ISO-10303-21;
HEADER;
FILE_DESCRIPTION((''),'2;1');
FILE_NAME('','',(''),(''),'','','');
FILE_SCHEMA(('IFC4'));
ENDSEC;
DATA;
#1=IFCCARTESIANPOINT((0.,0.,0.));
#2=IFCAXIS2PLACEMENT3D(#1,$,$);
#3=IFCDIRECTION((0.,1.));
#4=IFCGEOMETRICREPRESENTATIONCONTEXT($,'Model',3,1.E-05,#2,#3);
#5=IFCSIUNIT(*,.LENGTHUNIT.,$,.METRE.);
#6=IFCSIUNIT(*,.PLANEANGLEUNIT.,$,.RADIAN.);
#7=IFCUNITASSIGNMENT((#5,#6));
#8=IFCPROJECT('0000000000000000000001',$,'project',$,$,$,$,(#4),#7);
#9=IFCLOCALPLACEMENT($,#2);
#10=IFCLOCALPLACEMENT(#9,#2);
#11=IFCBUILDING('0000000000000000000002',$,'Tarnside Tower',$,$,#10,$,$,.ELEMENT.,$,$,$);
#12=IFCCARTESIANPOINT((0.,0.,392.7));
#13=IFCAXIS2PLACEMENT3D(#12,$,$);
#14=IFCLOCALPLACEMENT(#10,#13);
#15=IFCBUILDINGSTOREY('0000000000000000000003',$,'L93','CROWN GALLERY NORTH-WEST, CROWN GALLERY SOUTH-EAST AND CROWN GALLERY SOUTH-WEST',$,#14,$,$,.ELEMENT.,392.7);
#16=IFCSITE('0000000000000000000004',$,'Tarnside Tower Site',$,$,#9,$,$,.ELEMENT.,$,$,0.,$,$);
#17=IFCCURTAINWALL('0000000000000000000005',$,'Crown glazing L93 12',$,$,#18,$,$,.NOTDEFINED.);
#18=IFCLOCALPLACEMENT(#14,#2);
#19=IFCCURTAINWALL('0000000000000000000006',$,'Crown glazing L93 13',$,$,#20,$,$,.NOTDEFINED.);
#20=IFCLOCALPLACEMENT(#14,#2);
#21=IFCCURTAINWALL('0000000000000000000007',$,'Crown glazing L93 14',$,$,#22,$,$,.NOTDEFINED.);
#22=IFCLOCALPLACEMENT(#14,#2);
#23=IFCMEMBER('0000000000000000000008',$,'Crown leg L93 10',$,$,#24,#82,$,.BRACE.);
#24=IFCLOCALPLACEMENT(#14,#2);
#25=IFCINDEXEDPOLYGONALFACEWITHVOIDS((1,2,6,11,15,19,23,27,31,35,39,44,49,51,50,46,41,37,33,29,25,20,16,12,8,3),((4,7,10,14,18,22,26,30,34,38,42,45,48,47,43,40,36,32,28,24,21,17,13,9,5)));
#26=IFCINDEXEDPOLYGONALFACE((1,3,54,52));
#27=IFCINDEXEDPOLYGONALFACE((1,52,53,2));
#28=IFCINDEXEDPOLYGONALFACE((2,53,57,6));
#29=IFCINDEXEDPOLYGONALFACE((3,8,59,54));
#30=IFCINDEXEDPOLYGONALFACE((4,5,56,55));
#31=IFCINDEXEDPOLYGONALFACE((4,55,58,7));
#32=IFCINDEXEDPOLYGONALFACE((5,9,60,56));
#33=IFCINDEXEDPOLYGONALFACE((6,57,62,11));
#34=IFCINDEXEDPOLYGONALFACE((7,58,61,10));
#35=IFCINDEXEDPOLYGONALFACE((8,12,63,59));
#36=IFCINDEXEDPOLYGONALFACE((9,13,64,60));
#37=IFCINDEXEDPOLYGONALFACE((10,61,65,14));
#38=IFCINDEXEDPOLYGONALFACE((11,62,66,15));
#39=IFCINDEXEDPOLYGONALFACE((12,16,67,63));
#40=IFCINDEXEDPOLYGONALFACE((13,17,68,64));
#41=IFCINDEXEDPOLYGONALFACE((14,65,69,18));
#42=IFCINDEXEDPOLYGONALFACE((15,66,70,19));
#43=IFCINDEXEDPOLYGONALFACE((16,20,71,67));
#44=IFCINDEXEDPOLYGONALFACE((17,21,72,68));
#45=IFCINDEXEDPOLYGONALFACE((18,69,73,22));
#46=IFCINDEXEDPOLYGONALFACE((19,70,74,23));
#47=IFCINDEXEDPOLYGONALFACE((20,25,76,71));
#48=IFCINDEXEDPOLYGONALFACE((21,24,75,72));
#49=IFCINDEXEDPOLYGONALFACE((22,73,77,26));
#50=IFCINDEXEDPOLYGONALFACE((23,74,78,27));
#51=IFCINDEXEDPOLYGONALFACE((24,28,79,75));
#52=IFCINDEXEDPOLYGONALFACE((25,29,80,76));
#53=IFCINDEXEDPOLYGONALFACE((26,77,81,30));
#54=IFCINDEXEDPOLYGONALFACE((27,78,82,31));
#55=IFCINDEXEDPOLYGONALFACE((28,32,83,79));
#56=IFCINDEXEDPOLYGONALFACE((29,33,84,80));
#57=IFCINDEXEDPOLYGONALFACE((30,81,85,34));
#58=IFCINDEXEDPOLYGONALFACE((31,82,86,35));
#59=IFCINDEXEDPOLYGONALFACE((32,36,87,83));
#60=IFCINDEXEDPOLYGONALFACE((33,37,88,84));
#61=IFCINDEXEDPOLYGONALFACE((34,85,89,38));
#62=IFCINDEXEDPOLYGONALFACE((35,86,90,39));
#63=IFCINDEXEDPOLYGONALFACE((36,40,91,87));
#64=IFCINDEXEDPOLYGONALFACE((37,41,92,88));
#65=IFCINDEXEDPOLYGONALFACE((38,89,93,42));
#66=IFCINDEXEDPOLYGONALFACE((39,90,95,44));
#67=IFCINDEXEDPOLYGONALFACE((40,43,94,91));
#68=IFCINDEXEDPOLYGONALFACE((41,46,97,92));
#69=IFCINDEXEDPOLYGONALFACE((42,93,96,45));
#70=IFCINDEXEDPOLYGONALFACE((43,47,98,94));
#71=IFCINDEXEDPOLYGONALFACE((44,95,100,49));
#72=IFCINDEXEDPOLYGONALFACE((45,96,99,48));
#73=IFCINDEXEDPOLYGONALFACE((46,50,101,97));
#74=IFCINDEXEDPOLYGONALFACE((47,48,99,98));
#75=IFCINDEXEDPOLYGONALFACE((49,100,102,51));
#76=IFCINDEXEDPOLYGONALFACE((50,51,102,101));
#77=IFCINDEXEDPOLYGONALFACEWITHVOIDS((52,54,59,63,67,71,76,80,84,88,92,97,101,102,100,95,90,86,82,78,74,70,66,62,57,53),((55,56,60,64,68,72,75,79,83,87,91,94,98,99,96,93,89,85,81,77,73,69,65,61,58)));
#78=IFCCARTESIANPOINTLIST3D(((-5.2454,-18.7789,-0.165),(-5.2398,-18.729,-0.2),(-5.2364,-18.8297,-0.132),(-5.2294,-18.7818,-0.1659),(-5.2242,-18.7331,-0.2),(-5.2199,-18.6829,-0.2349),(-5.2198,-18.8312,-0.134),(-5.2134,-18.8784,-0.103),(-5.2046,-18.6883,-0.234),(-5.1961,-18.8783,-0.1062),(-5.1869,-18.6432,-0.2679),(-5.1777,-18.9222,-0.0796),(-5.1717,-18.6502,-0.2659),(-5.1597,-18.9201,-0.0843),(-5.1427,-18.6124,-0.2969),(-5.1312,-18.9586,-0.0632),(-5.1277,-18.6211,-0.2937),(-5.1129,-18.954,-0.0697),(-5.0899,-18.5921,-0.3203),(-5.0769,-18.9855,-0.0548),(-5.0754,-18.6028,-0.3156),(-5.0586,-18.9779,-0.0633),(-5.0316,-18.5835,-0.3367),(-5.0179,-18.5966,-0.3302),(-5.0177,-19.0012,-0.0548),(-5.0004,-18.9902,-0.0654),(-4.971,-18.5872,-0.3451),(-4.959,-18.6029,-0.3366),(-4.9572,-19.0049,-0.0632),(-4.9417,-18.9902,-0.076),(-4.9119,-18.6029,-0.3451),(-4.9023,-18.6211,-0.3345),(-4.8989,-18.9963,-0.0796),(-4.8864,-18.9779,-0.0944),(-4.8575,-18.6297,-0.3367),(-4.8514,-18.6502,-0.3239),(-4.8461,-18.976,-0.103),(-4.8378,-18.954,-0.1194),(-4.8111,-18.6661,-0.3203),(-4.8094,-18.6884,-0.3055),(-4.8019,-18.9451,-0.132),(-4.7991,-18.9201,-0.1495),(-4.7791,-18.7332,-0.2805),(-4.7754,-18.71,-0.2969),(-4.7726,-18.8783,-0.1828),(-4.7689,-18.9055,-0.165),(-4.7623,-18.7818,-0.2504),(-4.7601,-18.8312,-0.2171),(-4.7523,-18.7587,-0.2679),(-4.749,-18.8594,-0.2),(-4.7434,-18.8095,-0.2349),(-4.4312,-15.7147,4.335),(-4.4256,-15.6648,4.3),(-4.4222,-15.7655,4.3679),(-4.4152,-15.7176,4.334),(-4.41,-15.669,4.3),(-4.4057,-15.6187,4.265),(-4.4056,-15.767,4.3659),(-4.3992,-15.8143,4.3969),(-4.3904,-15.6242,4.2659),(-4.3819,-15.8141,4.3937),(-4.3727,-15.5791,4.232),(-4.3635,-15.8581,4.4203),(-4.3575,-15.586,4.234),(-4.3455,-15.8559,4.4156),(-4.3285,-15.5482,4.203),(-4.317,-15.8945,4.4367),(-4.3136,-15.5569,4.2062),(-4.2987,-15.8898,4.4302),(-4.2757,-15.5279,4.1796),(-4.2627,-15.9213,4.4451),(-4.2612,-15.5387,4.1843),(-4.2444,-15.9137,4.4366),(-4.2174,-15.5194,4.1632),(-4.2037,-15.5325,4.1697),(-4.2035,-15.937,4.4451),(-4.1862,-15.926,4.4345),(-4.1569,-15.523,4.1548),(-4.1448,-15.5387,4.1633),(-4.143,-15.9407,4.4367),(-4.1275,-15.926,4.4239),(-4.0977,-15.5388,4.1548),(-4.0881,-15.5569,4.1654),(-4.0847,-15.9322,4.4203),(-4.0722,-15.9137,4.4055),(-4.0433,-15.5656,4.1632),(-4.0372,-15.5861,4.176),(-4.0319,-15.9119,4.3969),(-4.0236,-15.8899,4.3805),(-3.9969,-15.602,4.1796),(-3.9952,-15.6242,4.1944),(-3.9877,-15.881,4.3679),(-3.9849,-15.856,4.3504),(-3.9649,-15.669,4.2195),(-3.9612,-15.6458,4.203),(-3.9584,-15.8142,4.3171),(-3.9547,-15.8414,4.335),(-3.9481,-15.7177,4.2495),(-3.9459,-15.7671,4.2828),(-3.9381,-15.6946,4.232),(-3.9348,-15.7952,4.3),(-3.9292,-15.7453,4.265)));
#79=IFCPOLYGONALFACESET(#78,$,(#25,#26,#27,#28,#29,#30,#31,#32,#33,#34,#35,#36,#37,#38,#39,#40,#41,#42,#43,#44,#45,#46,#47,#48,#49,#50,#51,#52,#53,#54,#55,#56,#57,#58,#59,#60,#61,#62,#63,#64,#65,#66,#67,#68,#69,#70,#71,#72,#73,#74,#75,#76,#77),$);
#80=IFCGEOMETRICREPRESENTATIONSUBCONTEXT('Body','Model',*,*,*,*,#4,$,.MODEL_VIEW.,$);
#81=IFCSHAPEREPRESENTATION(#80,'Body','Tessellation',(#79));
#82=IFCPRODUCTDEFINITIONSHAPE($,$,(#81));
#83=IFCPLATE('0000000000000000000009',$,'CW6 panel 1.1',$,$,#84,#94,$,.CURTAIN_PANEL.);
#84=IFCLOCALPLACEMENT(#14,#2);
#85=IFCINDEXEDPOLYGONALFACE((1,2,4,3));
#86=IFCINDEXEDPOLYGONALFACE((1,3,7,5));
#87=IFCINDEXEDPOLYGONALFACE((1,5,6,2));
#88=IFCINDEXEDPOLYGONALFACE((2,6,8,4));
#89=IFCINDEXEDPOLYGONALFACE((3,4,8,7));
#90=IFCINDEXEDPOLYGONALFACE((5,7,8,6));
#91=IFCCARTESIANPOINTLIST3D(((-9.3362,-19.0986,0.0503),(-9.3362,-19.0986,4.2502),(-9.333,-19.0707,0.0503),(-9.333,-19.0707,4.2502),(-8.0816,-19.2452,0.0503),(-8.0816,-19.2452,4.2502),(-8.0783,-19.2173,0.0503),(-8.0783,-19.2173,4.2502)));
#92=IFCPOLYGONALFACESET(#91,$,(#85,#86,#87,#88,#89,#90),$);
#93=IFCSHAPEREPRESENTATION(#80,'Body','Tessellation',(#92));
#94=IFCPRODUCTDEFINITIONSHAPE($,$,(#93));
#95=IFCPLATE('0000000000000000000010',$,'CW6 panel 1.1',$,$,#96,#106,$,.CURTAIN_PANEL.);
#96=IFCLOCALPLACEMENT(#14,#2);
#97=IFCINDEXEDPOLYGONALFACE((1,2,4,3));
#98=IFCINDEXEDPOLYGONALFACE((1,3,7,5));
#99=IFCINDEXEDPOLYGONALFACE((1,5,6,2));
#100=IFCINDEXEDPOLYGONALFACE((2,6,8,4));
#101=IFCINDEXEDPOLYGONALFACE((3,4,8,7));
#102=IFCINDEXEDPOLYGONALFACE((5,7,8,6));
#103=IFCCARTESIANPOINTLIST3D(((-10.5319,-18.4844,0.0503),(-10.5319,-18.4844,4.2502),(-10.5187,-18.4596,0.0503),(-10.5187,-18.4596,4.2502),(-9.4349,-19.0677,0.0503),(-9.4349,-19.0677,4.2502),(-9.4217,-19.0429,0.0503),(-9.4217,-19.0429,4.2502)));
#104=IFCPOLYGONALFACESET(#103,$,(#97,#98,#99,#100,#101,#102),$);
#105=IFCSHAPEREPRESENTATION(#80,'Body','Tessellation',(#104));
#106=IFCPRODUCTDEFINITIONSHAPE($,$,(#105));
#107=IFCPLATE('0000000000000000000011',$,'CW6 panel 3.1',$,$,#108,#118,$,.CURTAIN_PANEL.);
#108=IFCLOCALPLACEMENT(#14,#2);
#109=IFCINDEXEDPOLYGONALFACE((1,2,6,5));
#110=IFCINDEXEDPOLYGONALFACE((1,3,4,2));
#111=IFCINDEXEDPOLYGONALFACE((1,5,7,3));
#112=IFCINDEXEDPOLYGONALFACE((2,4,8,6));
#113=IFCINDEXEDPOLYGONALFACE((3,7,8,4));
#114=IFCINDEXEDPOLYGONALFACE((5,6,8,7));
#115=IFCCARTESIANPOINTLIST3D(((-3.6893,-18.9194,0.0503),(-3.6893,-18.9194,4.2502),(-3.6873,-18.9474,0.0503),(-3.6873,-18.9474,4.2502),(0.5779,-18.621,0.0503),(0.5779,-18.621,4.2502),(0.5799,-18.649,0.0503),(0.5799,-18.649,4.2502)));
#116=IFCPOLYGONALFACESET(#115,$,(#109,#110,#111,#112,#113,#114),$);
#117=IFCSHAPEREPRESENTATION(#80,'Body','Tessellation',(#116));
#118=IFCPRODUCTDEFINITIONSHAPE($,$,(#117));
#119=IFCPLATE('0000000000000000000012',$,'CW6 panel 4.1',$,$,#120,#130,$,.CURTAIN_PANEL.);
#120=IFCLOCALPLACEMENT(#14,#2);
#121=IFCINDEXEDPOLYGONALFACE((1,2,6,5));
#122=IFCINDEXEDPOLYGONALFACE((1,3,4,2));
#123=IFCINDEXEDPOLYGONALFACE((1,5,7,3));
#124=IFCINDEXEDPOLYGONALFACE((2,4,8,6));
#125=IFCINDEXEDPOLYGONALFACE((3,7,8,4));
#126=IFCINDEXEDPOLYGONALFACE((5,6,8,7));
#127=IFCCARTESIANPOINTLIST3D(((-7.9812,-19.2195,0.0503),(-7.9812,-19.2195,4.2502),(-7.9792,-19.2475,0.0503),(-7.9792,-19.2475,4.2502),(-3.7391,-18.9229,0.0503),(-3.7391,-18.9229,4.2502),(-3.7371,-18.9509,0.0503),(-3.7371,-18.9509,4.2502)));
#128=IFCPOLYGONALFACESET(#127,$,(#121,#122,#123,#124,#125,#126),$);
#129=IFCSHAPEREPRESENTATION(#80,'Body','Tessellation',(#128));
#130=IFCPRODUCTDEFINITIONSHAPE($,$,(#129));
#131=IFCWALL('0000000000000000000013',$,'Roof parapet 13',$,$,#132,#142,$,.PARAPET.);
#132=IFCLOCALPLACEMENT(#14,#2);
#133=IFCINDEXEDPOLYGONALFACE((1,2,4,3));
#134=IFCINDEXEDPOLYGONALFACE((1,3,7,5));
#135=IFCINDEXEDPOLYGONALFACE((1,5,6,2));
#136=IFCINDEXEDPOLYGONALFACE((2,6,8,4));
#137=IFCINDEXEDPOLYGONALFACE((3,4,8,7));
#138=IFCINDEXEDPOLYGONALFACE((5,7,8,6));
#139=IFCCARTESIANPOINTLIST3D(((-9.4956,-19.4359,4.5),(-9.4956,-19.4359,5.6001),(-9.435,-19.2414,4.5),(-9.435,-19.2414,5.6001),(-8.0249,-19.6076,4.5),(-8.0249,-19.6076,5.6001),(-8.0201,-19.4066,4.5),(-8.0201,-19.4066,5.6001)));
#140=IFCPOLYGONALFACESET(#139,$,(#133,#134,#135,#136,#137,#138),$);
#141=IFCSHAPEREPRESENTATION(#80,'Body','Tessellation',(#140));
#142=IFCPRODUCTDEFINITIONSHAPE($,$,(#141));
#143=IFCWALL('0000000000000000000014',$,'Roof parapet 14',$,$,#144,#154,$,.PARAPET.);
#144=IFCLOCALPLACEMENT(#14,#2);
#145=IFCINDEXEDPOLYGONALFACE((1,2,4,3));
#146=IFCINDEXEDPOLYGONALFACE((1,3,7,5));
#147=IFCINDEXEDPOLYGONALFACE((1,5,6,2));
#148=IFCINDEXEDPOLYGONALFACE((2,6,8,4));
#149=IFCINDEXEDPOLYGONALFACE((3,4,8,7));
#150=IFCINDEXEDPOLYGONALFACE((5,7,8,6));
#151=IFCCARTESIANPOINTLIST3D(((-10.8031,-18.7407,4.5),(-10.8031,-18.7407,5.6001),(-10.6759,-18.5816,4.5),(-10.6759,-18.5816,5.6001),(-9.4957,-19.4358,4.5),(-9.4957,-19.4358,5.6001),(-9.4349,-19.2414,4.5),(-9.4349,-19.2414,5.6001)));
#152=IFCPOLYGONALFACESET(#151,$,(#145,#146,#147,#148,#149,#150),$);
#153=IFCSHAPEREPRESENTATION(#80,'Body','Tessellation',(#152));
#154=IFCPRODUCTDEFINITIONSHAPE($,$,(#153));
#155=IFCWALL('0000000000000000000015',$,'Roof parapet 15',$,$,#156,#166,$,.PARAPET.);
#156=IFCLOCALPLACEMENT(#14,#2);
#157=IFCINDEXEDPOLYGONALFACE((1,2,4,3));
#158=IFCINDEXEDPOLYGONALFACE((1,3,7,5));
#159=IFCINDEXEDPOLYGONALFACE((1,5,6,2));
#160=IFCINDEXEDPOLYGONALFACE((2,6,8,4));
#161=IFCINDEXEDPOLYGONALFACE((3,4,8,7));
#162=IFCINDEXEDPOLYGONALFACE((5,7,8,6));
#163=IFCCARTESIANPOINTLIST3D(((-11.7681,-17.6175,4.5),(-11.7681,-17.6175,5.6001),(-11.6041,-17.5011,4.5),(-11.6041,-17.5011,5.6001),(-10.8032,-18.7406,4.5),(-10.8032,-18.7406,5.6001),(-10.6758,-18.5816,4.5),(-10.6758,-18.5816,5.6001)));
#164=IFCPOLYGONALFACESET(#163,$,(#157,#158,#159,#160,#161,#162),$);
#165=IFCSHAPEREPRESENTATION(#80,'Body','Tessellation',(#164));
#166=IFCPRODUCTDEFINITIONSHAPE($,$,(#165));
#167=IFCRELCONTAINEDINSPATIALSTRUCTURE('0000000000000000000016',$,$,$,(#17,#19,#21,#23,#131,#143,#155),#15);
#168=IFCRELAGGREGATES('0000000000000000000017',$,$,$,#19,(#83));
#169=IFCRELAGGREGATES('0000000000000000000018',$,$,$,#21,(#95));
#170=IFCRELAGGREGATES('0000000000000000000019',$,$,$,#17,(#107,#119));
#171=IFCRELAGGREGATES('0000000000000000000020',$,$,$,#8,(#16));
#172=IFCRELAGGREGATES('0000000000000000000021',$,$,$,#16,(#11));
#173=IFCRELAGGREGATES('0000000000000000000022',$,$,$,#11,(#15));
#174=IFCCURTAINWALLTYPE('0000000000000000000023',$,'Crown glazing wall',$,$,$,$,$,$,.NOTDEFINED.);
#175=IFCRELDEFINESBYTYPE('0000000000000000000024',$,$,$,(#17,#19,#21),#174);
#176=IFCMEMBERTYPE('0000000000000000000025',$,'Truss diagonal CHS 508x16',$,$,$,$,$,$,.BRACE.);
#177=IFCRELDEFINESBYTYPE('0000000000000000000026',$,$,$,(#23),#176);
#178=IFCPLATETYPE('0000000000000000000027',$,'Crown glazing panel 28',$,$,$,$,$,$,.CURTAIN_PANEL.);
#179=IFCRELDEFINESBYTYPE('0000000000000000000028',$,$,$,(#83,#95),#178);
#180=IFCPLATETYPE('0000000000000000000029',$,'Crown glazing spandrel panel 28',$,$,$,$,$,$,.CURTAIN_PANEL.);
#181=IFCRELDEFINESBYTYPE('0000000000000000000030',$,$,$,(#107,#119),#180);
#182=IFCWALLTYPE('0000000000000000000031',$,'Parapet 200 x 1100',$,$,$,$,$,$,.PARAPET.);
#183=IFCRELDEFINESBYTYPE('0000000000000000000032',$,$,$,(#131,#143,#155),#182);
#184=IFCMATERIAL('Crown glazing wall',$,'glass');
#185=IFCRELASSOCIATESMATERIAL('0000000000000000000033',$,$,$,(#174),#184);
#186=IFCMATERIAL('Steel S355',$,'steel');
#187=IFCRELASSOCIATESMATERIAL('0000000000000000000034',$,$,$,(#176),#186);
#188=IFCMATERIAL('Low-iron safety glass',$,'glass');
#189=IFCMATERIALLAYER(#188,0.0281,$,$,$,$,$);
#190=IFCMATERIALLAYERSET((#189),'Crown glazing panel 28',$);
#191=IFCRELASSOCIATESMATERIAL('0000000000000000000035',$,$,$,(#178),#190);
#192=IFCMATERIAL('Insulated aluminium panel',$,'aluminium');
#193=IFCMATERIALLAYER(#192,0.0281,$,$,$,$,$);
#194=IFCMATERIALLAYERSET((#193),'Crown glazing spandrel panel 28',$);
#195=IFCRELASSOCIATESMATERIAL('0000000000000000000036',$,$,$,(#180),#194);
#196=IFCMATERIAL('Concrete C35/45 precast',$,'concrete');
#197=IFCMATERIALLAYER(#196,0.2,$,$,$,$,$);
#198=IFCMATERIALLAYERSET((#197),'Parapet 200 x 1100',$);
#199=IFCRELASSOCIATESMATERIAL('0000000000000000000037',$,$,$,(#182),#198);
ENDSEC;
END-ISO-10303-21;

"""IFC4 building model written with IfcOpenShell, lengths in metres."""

from ifc_helpers import new_model, si_unit, direction, frame, origin, origin_2d, place, context, subcontext, project, spatial, polyline, rectangle, hollow_circle, outline, extrude, material, layer, layer_set, material_profile, profile_set, type_object, element, aggregate, save


model = new_model("IFC4")

# Units and contexts
model_context = context("Model", 3, precision=1e-05, world=origin(), true_north=direction((0.0, 1.0)))
body_context = subcontext(model_context, "Body", "Model", "MODEL_VIEW")
ifc_project = project(units=[si_unit("LENGTHUNIT", "METRE"), si_unit("PLANEANGLEUNIT", "RADIAN")], contexts=[model_context])

# Site, building, storey
site_placement = place(None, origin())
site = spatial("IfcSite", under=ifc_project, at=site_placement, Name="Tarnside Tower Site", CompositionType="ELEMENT", RefElevation=0.0)
building_placement = place(site_placement, origin())
building = spatial("IfcBuilding", under=site, at=building_placement, Name="Tarnside Tower", CompositionType="ELEMENT")
storey_placement = place(building_placement, frame((0.0, 0.0, 392.7)))
storey = spatial("IfcBuildingStorey", under=building, at=storey_placement, Name="L93", Description="CROWN GALLERY NORTH-WEST, CROWN GALLERY SOUTH-EAST AND CROWN GALLERY SOUTH-WEST", CompositionType="ELEMENT", Elevation=392.7)

# Curtain walls
ifc_material_1 = material(Name="Crown glazing wall", Category="glass")
curtain_wall_type = type_object("IfcCurtainWallType", Name="Crown glazing wall", PredefinedType="NOTDEFINED", material=ifc_material_1)
curtain_wall_1_placement = place(storey_placement, origin())
curtain_wall_1 = element("IfcCurtainWall", 1, at=curtain_wall_1_placement, inside=storey, type_object=curtain_wall_type, Name="Crown glazing L93 12", PredefinedType="NOTDEFINED")
curtain_wall_2_placement = place(storey_placement, origin())
curtain_wall_2 = element("IfcCurtainWall", 2, at=curtain_wall_2_placement, inside=storey, type_object=curtain_wall_type, Name="Crown glazing L93 13", PredefinedType="NOTDEFINED")
curtain_wall_3_placement = place(storey_placement, origin())
curtain_wall_3 = element("IfcCurtainWall", 3, at=curtain_wall_3_placement, inside=storey, type_object=curtain_wall_type, Name="Crown glazing L93 14", PredefinedType="NOTDEFINED")

# Member
ifc_material_2 = material(Name="Steel S355", Category="steel")
ifc_material_profile_1 = material_profile(ifc_material_2, hollow_circle(Radius=0.2539, WallThickness=0.0161, at=origin_2d()), Name="CHS 508x16")
ifc_profile_set_1 = profile_set([ifc_material_profile_1], Name="Steel S355")
member_type_1 = type_object("IfcMemberType", Name="Truss diagonal CHS 508x16", PredefinedType="BRACE", material=ifc_profile_set_1)
member_1_placement = place(storey_placement, frame((-4.9944, -18.7942, -0.2), z_axis=(0.14791, 0.556648, 0.817475), x_axis=(-0.966463, 0.256805, 0.0)))
element("IfcMember", 4, at=member_1_placement, inside=storey, type_object=member_type_1, Name="Crown leg L93 10", PredefinedType="BRACE", context=body_context, shape_type="SweptSolid", body=[
    extrude(hollow_circle(Radius=0.2539, WallThickness=0.0161, at=origin_2d()), origin(), (0.0, 0.0, 1.0), 5.5046),
])

# Plates
ifc_material_3 = material(Name="Low-iron safety glass", Category="glass")
ifc_layer_1 = layer(ifc_material_3, 0.0281)
ifc_layer_set_1 = layer_set([ifc_layer_1], Name="Crown glazing panel 28")
plate_type_1 = type_object("IfcPlateType", Name="Crown glazing panel 28", PredefinedType="CURTAIN_PANEL", material=ifc_layer_set_1)
plate_1_placement = place(storey_placement, frame((-8.7073, -19.158, 0.0503), z_axis=(0.0, 0.0, 1.0), x_axis=(-0.993238, 0.116093, 0.0)))
plate_1 = element("IfcPlate", 5, at=plate_1_placement, type_object=plate_type_1, Name="CW6 panel 1.1", PredefinedType="CURTAIN_PANEL", context=body_context, shape_type="SweptSolid", body=[
    extrude(rectangle(XDim=1.2632, YDim=0.0281, at=origin_2d()), origin(), (0.0, 0.0, 1.0), 4.2),
])
aggregate(curtain_wall_2, [plate_1])
plate_2_placement = place(storey_placement, frame((-9.9768, -18.7637, 0.0503), z_axis=(0.0, 0.0, 1.0), x_axis=(-0.882948, 0.469472, 0.0)))
plate_2 = element("IfcPlate", 6, at=plate_2_placement, type_object=plate_type_1, Name="CW6 panel 1.1", PredefinedType="CURTAIN_PANEL", context=body_context, shape_type="SweptSolid", body=[
    extrude(rectangle(XDim=1.2424, YDim=0.0281, at=origin_2d()), origin(), (0.0, 0.0, 1.0), 4.2),
])
aggregate(curtain_wall_3, [plate_2])
ifc_material_4 = material(Name="Insulated aluminium panel", Category="aluminium")
ifc_layer_2 = layer(ifc_material_4, 0.0281)
ifc_layer_set_2 = layer_set([ifc_layer_2], Name="Crown glazing spandrel panel 28")
plate_type_2 = type_object("IfcPlateType", Name="Crown glazing spandrel panel 28", PredefinedType="CURTAIN_PANEL", material=ifc_layer_set_2)
plate_3_placement = place(storey_placement, frame((-1.5547, -18.7842, 0.0503), z_axis=(0.0, 0.0, 1.0), x_axis=(-0.997564, -0.069756, 0.0)))
plate_3 = element("IfcPlate", 7, at=plate_3_placement, type_object=plate_type_2, Name="CW6 panel 3.1", PredefinedType="CURTAIN_PANEL", context=body_context, shape_type="SweptSolid", body=[
    extrude(rectangle(XDim=4.2776, YDim=0.0281, at=origin_2d()), origin(), (0.0, 0.0, 1.0), 4.2),
])
plate_4_placement = place(storey_placement, frame((-5.8591, -19.0852, 0.0503), z_axis=(0.0, 0.0, 1.0), x_axis=(-0.997564, -0.069756, 0.0)))
plate_4 = element("IfcPlate", 8, at=plate_4_placement, type_object=plate_type_2, Name="CW6 panel 4.1", PredefinedType="CURTAIN_PANEL", context=body_context, shape_type="SweptSolid", body=[
    extrude(rectangle(XDim=4.2524, YDim=0.0281, at=origin_2d()), origin(), (0.0, 0.0, 1.0), 4.2),
])
aggregate(curtain_wall_1, [plate_3, plate_4])

# Walls
ifc_material_5 = material(Name="Concrete C35/45 precast", Category="concrete")
ifc_layer_3 = layer(ifc_material_5, 0.2)
ifc_layer_set_3 = layer_set([ifc_layer_3], Name="Parapet 200 x 1100")
wall_type = type_object("IfcWallType", Name="Parapet 200 x 1100", PredefinedType="PARAPET", material=ifc_layer_set_3)
wall_1_placement = place(storey_placement, frame((-8.0225, -19.5071, 4.5), z_axis=(0.0, 0.0, 1.0), x_axis=(-0.993253, 0.115964, 0.0)))
element("IfcWall", 9, at=wall_1_placement, inside=storey, type_object=wall_type, Name="Roof parapet 13", PredefinedType="PARAPET", context=body_context, shape_type="SweptSolid", body=[
    extrude(outline(polyline([(0.0093, -0.1001), (1.4338, -0.1001), (1.4714, 0.1001), (-0.0093, 0.1001), (0.0093, -0.1001)])), origin(), (0.0, 0.0, 1.0), 1.1001),
])
wall_2_placement = place(storey_placement, frame((-9.4653, -19.3386, 4.5), z_axis=(0.0, 0.0, 1.0), x_axis=(-0.882947, 0.469473, 0.0)))
element("IfcWall", 10, at=wall_2_placement, inside=storey, type_object=wall_type, Name="Roof parapet 14", PredefinedType="PARAPET", context=body_context, shape_type="SweptSolid", body=[
    extrude(outline(polyline([(0.0188, -0.1001), (1.4243, -0.1001), (1.4619, 0.1001), (-0.0188, 0.1001), (0.0188, -0.1001)])), origin(), (0.0, 0.0, 1.0), 1.1001),
])
wall_3_placement = place(storey_placement, frame((-10.7395, -18.6611, 4.5), z_axis=(0.0, 0.0, 1.0), x_axis=(-0.651635, 0.758532, 0.0)))
element("IfcWall", 11, at=wall_3_placement, inside=storey, type_object=wall_type, Name="Roof parapet 15", PredefinedType="PARAPET", context=body_context, shape_type="SweptSolid", body=[
    extrude(outline(polyline([(0.0188, -0.1001), (1.4434, -0.1001), (1.4619, 0.1001), (-0.0188, 0.1001), (0.0188, -0.1001)])), origin(), (0.0, 0.0, 1.0), 1.1001),
])

save(model, "model.ifc")
